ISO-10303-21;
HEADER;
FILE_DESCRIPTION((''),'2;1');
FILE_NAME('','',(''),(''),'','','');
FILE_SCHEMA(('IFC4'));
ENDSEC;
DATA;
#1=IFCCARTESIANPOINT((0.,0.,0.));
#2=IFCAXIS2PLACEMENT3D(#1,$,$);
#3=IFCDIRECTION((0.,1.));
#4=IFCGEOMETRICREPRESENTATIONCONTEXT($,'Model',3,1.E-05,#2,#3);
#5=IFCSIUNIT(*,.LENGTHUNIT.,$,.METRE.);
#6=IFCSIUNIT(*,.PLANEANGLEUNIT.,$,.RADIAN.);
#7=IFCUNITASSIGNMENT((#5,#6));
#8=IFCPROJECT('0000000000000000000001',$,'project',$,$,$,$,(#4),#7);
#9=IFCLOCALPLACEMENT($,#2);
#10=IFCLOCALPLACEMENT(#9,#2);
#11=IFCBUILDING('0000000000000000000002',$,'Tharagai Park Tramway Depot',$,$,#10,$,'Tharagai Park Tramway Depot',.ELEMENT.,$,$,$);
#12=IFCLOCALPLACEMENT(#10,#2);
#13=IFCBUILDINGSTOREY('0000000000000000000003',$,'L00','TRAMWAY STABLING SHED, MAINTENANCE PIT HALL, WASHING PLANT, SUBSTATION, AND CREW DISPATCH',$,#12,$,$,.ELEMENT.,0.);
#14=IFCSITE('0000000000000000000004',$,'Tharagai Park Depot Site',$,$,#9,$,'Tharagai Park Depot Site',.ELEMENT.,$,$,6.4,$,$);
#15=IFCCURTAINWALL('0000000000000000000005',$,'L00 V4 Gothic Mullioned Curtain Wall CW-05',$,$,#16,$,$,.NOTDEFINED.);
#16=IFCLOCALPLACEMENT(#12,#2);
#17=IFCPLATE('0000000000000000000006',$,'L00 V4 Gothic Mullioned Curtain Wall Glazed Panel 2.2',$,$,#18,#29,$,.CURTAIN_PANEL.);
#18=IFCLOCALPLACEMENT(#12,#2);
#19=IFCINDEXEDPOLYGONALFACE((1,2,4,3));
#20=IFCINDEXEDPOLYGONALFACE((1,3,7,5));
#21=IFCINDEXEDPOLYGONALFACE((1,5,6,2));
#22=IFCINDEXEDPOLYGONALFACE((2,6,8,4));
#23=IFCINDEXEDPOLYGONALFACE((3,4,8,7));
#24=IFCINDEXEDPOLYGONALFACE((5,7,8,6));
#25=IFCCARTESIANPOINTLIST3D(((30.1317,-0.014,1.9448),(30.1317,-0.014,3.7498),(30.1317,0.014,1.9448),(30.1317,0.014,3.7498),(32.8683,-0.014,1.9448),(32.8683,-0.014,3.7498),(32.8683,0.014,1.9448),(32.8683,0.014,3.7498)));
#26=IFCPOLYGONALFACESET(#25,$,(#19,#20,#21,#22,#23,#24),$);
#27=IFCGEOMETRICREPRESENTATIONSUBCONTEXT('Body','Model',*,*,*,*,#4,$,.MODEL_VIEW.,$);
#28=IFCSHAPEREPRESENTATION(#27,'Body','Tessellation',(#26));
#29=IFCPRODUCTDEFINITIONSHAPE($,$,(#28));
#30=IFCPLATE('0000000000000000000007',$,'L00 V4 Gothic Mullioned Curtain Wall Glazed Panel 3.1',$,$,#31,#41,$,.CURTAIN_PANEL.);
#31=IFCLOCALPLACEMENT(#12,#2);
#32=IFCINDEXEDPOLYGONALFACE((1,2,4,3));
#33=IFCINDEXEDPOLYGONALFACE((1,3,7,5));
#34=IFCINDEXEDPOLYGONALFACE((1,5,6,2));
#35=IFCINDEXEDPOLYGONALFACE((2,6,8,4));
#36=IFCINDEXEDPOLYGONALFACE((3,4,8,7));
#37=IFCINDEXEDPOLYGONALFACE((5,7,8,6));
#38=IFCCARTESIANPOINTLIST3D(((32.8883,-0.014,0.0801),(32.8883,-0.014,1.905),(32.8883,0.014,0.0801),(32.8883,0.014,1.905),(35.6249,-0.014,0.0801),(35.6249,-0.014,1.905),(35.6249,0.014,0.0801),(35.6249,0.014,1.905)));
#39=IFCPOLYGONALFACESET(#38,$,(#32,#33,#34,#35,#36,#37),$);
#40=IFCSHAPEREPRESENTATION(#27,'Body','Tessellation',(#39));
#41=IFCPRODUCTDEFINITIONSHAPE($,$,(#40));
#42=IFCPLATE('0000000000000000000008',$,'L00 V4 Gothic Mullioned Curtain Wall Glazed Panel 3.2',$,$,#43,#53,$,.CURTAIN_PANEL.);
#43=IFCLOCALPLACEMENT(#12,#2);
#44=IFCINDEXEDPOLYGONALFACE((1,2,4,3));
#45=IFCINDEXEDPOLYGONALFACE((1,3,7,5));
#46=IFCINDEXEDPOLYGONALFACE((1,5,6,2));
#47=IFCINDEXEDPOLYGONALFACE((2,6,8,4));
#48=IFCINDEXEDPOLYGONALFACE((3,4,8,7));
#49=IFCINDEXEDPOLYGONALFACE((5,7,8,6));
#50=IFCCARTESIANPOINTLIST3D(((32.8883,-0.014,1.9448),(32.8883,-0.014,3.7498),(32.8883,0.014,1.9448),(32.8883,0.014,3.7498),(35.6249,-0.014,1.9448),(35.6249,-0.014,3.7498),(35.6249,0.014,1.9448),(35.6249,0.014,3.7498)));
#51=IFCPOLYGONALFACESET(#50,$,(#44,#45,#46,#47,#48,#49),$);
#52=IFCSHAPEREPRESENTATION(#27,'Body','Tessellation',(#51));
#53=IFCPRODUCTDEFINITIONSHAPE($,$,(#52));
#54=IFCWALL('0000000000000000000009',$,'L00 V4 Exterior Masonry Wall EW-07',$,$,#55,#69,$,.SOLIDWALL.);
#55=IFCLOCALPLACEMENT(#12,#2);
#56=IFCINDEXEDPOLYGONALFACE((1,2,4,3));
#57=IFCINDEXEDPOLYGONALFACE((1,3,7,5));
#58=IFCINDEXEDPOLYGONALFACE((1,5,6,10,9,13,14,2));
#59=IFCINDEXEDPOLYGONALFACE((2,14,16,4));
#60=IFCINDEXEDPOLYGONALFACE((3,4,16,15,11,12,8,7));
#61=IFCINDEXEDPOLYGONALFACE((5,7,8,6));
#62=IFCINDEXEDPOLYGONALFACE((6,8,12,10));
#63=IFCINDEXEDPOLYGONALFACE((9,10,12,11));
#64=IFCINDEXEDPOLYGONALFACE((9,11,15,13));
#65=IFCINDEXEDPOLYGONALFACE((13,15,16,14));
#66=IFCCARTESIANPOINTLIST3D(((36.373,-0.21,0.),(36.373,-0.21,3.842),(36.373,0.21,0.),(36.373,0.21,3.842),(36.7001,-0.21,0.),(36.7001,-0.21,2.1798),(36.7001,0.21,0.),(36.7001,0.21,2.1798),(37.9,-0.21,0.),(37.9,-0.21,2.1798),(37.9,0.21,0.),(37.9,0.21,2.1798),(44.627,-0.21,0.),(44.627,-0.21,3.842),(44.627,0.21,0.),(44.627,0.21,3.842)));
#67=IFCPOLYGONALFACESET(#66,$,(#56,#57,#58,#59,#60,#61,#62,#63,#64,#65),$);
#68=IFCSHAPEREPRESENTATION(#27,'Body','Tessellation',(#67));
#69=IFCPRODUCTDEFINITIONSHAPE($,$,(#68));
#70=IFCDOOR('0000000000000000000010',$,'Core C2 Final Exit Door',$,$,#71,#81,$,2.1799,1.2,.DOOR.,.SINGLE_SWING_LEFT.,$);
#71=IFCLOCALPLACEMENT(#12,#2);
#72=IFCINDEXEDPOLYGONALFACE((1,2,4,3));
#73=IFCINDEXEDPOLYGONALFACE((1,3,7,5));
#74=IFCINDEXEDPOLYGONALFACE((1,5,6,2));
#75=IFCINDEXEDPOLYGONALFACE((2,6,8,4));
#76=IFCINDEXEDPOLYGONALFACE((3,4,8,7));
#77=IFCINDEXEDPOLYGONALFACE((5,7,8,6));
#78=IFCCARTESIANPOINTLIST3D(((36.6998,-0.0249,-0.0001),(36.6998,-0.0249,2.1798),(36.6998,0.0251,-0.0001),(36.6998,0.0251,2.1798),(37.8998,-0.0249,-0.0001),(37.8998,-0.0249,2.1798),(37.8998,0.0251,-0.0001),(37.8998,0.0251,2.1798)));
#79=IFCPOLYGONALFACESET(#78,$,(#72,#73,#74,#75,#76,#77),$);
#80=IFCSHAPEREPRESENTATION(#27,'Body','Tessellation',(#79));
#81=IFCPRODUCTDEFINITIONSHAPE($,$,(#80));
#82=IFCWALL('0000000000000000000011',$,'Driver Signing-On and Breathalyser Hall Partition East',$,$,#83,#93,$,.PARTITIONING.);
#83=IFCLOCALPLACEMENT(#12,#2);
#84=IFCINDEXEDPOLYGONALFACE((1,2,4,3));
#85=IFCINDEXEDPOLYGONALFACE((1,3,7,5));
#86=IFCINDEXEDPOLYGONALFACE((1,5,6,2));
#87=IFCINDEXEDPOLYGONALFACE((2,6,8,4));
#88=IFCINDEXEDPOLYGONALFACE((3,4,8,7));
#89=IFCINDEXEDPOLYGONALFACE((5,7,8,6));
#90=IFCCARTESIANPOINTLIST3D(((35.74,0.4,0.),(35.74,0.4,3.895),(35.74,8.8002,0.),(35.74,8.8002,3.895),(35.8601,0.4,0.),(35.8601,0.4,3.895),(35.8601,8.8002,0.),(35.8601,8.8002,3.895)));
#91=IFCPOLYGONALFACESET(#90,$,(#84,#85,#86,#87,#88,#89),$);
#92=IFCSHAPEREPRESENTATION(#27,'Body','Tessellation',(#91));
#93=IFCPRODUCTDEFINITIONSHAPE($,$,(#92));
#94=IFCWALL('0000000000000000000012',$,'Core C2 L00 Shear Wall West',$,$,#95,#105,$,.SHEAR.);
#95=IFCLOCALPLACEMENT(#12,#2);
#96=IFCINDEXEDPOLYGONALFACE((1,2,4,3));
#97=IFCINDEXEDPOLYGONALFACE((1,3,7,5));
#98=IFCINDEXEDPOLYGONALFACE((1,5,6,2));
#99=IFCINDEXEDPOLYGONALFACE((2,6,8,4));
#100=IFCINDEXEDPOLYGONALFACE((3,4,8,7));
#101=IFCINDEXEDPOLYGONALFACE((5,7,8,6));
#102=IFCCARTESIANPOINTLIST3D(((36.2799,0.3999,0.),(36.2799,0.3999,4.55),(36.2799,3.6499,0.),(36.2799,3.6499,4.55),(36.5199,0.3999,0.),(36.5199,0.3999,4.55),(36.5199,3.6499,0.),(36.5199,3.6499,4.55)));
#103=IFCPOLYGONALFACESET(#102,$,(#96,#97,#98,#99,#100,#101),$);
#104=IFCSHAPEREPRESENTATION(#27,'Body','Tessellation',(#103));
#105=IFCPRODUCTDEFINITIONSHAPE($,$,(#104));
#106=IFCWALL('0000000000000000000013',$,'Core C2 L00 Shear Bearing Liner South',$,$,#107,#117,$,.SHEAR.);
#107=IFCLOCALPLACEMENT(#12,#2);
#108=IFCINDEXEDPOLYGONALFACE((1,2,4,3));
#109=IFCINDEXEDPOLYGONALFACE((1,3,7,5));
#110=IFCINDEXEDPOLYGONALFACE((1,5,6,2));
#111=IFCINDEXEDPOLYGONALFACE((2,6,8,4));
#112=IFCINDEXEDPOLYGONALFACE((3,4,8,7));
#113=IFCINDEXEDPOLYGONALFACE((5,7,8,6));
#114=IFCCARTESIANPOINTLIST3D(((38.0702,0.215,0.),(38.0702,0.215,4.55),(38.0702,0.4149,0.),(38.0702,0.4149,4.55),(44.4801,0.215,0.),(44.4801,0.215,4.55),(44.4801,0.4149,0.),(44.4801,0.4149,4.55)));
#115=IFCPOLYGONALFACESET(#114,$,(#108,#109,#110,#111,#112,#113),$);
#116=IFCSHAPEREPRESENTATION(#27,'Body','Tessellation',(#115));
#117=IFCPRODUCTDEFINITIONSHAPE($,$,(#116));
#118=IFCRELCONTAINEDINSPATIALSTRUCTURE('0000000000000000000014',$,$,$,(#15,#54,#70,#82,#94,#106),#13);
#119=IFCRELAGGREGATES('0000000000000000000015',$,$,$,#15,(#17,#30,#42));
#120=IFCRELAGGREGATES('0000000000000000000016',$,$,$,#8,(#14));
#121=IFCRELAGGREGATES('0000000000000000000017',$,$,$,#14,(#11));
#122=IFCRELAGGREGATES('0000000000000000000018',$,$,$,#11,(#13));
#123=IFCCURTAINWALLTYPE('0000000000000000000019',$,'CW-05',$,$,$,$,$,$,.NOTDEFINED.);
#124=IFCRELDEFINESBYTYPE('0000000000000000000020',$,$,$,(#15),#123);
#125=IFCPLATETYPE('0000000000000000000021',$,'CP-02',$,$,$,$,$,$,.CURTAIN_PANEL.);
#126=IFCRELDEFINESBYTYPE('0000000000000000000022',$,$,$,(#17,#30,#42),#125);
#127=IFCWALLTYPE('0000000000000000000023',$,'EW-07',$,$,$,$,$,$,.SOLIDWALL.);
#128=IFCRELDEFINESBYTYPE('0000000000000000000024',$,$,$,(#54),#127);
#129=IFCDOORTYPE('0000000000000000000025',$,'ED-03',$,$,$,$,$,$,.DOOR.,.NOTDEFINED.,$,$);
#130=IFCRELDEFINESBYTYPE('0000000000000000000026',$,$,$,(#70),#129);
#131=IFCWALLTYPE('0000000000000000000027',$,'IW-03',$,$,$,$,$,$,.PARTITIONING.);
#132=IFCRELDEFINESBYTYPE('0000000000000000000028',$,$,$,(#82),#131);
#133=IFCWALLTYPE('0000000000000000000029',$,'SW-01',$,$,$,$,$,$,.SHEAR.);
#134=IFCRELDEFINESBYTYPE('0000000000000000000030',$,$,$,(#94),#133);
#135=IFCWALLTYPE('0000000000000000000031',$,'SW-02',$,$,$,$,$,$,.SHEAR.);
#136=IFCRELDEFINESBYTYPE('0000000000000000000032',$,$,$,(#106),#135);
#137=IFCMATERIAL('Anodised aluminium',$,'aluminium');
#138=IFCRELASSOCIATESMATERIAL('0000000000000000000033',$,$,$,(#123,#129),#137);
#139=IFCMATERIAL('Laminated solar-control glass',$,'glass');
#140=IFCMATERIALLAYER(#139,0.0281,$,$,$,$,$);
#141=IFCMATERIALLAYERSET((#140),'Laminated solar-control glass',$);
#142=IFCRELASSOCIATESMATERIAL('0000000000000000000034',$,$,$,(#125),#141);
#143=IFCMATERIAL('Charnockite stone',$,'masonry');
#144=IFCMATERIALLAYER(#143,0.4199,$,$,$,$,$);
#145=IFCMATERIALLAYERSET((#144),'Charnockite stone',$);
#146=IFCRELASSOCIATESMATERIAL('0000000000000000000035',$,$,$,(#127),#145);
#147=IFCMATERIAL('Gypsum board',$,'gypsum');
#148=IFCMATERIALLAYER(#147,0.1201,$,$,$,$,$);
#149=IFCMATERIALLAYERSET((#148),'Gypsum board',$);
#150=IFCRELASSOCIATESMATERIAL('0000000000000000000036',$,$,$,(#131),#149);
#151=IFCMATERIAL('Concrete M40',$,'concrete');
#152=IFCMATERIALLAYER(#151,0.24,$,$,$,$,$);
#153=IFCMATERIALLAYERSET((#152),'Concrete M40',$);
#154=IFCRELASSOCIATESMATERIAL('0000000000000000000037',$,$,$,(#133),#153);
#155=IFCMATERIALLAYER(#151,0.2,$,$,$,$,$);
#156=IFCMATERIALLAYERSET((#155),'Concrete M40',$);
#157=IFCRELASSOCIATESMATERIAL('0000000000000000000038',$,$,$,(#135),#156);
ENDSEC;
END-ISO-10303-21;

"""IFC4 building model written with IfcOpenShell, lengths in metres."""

from ifc_helpers import new_model, si_unit, direction, frame, frame_2d, origin, origin_2d, place, context, subcontext, project, spatial, rectangle, extrude, material, layer, layer_set, type_object, element, fill, aggregate, save


model = new_model("IFC4")

# Units and contexts
model_context = context("Model", 3, precision=1e-05, world=origin(), true_north=direction((0.0, 1.0)))
body_context = subcontext(model_context, "Body", "Model", "MODEL_VIEW")
ifc_project = project(units=[si_unit("LENGTHUNIT", "METRE"), si_unit("PLANEANGLEUNIT", "RADIAN")], contexts=[model_context])

# Site, building, storey
site_placement = place(None, origin())
site = spatial("IfcSite", under=ifc_project, at=site_placement, Name="Tharagai Park Depot Site", LongName="Tharagai Park Depot Site", CompositionType="ELEMENT", RefElevation=6.4)
building_placement = place(site_placement, origin())
building = spatial("IfcBuilding", under=site, at=building_placement, Name="Tharagai Park Tramway Depot", LongName="Tharagai Park Tramway Depot", CompositionType="ELEMENT")
storey_placement = place(building_placement, origin())
storey = spatial("IfcBuildingStorey", under=building, at=storey_placement, Name="L00", Description="TRAMWAY STABLING SHED, MAINTENANCE PIT HALL, WASHING PLANT, SUBSTATION, AND CREW DISPATCH", CompositionType="ELEMENT", Elevation=0.0)

# Shared definitions
ifc_material_1 = material(Name="Concrete M40", Category="concrete")

# Curtain wall, plates
ifc_material_2 = material(Name="Anodised aluminium", Category="aluminium")
curtain_wall_type = type_object("IfcCurtainWallType", Name="CW-05", PredefinedType="NOTDEFINED", material=ifc_material_2)
curtain_wall_placement = place(storey_placement, origin())
curtain_wall = element("IfcCurtainWall", 1, at=curtain_wall_placement, inside=storey, type_object=curtain_wall_type, Name="L00 V4 Gothic Mullioned Curtain Wall CW-05", PredefinedType="NOTDEFINED")
ifc_material_3 = material(Name="Laminated solar-control glass", Category="glass")
ifc_layer_1 = layer(ifc_material_3, 0.0281)
ifc_layer_set_1 = layer_set([ifc_layer_1], Name="Laminated solar-control glass")
plate_type = type_object("IfcPlateType", Name="CP-02", PredefinedType="CURTAIN_PANEL", material=ifc_layer_set_1)
plate_1_placement = place(storey_placement, frame((31.5, 0.0, 1.9448), z_axis=(0.0, 0.0, 1.0), x_axis=(1.0, 0.0, 0.0)))
plate_1 = element("IfcPlate", 2, at=plate_1_placement, type_object=plate_type, Name="L00 V4 Gothic Mullioned Curtain Wall Glazed Panel 2.2", PredefinedType="CURTAIN_PANEL", context=body_context, shape_type="SweptSolid", body=[
    extrude(rectangle(XDim=2.7366, YDim=0.0281, at=origin_2d()), origin(), (0.0, 0.0, 1.0), 1.8049),
])
plate_2_placement = place(storey_placement, frame((34.2566, 0.0, 0.0801), z_axis=(0.0, 0.0, 1.0), x_axis=(1.0, 0.0, 0.0)))
plate_2 = element("IfcPlate", 3, at=plate_2_placement, type_object=plate_type, Name="L00 V4 Gothic Mullioned Curtain Wall Glazed Panel 3.1", PredefinedType="CURTAIN_PANEL", context=body_context, shape_type="SweptSolid", body=[
    extrude(rectangle(XDim=2.7366, YDim=0.0281, at=origin_2d()), origin(), (0.0, 0.0, 1.0), 1.825),
])
plate_3_placement = place(storey_placement, frame((34.2566, 0.0, 1.9448), z_axis=(0.0, 0.0, 1.0), x_axis=(1.0, 0.0, 0.0)))
plate_3 = element("IfcPlate", 4, at=plate_3_placement, type_object=plate_type, Name="L00 V4 Gothic Mullioned Curtain Wall Glazed Panel 3.2", PredefinedType="CURTAIN_PANEL", context=body_context, shape_type="SweptSolid", body=[
    extrude(rectangle(XDim=2.7366, YDim=0.0281, at=origin_2d()), origin(), (0.0, 0.0, 1.0), 1.8049),
])
aggregate(curtain_wall, [plate_1, plate_2, plate_3])

# Wall, opening, door
ifc_material_4 = material(Name="Charnockite stone", Category="masonry")
ifc_layer_2 = layer(ifc_material_4, 0.4199)
ifc_layer_set_2 = layer_set([ifc_layer_2], Name="Charnockite stone")
wall_type_1 = type_object("IfcWallType", Name="EW-07", PredefinedType="SOLIDWALL", material=ifc_layer_set_2)
wall_1_placement = place(storey_placement, frame((36.373, 0.0, 0.0), z_axis=(0.0, 0.0, 1.0), x_axis=(1.0, 0.0, 0.0)))
wall_1 = element("IfcWall", 5, at=wall_1_placement, inside=storey, type_object=wall_type_1, Name="L00 V4 Exterior Masonry Wall EW-07", PredefinedType="SOLIDWALL", context=body_context, shape_type="SweptSolid", body=[
    extrude(rectangle(XDim=8.2539, YDim=0.4199, at=frame_2d((4.127, 0.0))), origin(), (0.0, 0.0, 1.0), 3.842),
])
opening_placement = place(wall_1_placement, frame((0.3269, 0.0, 0.0)))
opening = element("IfcOpeningElement", 6, at=opening_placement, cuts=wall_1, PredefinedType="OPENING", context=body_context, shape_type="SweptSolid", body=[
    extrude(rectangle(XDim=1.2, YDim=2.1799, at=frame_2d((0.6001, 1.0898))), frame((0.0, 0.22, 0.0), z_axis=(0.0, -1.0, 0.0), x_axis=(1.0, 0.0, 0.0)), (0.0, 0.0, 1.0), 0.4399),
])
door_type = type_object("IfcDoorType", Name="ED-03", OperationType="NOTDEFINED", PredefinedType="DOOR", material=ifc_material_2)
door_placement = place(opening_placement, frame((1.2, 0.0, 0.0), z_axis=(0.0, 0.0, 1.0), x_axis=(-1.0, 0.0, 0.0)))
door = element("IfcDoor", 7, at=door_placement, inside=storey, type_object=door_type, Name="Core C2 Final Exit Door", OperationType="SINGLE_SWING_LEFT", OverallHeight=2.1799, OverallWidth=1.2, PredefinedType="DOOR", context=body_context, shape_type="SweptSolid", body=[
    extrude(rectangle(XDim=1.2, YDim=2.1799, at=frame_2d((0.6001, 1.0898))), frame((0.0, 0.0249, 0.0), z_axis=(0.0, -1.0, 0.0), x_axis=(1.0, 0.0, 0.0)), (0.0, 0.0, 1.0), 0.05),
])
fill(opening, door)

# Walls
ifc_material_5 = material(Name="Gypsum board", Category="gypsum")
ifc_layer_3 = layer(ifc_material_5, 0.1201)
ifc_layer_set_3 = layer_set([ifc_layer_3], Name="Gypsum board")
wall_type_2 = type_object("IfcWallType", Name="IW-03", PredefinedType="PARTITIONING", material=ifc_layer_set_3)
wall_2_placement = place(storey_placement, frame((35.8, 0.3999, 0.0), z_axis=(0.0, 0.0, 1.0), x_axis=(0.0, 1.0, 0.0)))
element("IfcWall", 8, at=wall_2_placement, inside=storey, type_object=wall_type_2, Name="Driver Signing-On and Breathalyser Hall Partition East", PredefinedType="PARTITIONING", context=body_context, shape_type="SweptSolid", body=[
    extrude(rectangle(XDim=8.4001, YDim=0.1201, at=frame_2d((4.2002, 0.0))), origin(), (0.0, 0.0, 1.0), 3.895),
])
ifc_layer_4 = layer(ifc_material_1, 0.24)
ifc_layer_set_4 = layer_set([ifc_layer_4], Name="Concrete M40")
wall_type_3 = type_object("IfcWallType", Name="SW-01", PredefinedType="SHEAR", material=ifc_layer_set_4)
wall_3_placement = place(storey_placement, frame((36.3999, 0.3999, 0.0), z_axis=(0.0, 0.0, 1.0), x_axis=(0.0, 1.0, 0.0)))
element("IfcWall", 9, at=wall_3_placement, inside=storey, type_object=wall_type_3, Name="Core C2 L00 Shear Wall West", PredefinedType="SHEAR", context=body_context, shape_type="SweptSolid", body=[
    extrude(rectangle(XDim=3.25, YDim=0.24, at=frame_2d((1.625, 0.0))), origin(), (0.0, 0.0, 1.0), 4.55),
])
ifc_layer_5 = layer(ifc_material_1, 0.2)
ifc_layer_set_5 = layer_set([ifc_layer_5], Name="Concrete M40")
wall_type_4 = type_object("IfcWallType", Name="SW-02", PredefinedType="SHEAR", material=ifc_layer_set_5)
wall_4_placement = place(storey_placement, frame((38.0701, 0.3149, 0.0), z_axis=(0.0, 0.0, 1.0), x_axis=(1.0, 0.0, 0.0)))
element("IfcWall", 10, at=wall_4_placement, inside=storey, type_object=wall_type_4, Name="Core C2 L00 Shear Bearing Liner South", PredefinedType="SHEAR", context=body_context, shape_type="SweptSolid", body=[
    extrude(rectangle(XDim=6.4099, YDim=0.2, at=frame_2d((3.2051, 0.0))), origin(), (0.0, 0.0, 1.0), 4.55),
])

save(model, "model.ifc")
